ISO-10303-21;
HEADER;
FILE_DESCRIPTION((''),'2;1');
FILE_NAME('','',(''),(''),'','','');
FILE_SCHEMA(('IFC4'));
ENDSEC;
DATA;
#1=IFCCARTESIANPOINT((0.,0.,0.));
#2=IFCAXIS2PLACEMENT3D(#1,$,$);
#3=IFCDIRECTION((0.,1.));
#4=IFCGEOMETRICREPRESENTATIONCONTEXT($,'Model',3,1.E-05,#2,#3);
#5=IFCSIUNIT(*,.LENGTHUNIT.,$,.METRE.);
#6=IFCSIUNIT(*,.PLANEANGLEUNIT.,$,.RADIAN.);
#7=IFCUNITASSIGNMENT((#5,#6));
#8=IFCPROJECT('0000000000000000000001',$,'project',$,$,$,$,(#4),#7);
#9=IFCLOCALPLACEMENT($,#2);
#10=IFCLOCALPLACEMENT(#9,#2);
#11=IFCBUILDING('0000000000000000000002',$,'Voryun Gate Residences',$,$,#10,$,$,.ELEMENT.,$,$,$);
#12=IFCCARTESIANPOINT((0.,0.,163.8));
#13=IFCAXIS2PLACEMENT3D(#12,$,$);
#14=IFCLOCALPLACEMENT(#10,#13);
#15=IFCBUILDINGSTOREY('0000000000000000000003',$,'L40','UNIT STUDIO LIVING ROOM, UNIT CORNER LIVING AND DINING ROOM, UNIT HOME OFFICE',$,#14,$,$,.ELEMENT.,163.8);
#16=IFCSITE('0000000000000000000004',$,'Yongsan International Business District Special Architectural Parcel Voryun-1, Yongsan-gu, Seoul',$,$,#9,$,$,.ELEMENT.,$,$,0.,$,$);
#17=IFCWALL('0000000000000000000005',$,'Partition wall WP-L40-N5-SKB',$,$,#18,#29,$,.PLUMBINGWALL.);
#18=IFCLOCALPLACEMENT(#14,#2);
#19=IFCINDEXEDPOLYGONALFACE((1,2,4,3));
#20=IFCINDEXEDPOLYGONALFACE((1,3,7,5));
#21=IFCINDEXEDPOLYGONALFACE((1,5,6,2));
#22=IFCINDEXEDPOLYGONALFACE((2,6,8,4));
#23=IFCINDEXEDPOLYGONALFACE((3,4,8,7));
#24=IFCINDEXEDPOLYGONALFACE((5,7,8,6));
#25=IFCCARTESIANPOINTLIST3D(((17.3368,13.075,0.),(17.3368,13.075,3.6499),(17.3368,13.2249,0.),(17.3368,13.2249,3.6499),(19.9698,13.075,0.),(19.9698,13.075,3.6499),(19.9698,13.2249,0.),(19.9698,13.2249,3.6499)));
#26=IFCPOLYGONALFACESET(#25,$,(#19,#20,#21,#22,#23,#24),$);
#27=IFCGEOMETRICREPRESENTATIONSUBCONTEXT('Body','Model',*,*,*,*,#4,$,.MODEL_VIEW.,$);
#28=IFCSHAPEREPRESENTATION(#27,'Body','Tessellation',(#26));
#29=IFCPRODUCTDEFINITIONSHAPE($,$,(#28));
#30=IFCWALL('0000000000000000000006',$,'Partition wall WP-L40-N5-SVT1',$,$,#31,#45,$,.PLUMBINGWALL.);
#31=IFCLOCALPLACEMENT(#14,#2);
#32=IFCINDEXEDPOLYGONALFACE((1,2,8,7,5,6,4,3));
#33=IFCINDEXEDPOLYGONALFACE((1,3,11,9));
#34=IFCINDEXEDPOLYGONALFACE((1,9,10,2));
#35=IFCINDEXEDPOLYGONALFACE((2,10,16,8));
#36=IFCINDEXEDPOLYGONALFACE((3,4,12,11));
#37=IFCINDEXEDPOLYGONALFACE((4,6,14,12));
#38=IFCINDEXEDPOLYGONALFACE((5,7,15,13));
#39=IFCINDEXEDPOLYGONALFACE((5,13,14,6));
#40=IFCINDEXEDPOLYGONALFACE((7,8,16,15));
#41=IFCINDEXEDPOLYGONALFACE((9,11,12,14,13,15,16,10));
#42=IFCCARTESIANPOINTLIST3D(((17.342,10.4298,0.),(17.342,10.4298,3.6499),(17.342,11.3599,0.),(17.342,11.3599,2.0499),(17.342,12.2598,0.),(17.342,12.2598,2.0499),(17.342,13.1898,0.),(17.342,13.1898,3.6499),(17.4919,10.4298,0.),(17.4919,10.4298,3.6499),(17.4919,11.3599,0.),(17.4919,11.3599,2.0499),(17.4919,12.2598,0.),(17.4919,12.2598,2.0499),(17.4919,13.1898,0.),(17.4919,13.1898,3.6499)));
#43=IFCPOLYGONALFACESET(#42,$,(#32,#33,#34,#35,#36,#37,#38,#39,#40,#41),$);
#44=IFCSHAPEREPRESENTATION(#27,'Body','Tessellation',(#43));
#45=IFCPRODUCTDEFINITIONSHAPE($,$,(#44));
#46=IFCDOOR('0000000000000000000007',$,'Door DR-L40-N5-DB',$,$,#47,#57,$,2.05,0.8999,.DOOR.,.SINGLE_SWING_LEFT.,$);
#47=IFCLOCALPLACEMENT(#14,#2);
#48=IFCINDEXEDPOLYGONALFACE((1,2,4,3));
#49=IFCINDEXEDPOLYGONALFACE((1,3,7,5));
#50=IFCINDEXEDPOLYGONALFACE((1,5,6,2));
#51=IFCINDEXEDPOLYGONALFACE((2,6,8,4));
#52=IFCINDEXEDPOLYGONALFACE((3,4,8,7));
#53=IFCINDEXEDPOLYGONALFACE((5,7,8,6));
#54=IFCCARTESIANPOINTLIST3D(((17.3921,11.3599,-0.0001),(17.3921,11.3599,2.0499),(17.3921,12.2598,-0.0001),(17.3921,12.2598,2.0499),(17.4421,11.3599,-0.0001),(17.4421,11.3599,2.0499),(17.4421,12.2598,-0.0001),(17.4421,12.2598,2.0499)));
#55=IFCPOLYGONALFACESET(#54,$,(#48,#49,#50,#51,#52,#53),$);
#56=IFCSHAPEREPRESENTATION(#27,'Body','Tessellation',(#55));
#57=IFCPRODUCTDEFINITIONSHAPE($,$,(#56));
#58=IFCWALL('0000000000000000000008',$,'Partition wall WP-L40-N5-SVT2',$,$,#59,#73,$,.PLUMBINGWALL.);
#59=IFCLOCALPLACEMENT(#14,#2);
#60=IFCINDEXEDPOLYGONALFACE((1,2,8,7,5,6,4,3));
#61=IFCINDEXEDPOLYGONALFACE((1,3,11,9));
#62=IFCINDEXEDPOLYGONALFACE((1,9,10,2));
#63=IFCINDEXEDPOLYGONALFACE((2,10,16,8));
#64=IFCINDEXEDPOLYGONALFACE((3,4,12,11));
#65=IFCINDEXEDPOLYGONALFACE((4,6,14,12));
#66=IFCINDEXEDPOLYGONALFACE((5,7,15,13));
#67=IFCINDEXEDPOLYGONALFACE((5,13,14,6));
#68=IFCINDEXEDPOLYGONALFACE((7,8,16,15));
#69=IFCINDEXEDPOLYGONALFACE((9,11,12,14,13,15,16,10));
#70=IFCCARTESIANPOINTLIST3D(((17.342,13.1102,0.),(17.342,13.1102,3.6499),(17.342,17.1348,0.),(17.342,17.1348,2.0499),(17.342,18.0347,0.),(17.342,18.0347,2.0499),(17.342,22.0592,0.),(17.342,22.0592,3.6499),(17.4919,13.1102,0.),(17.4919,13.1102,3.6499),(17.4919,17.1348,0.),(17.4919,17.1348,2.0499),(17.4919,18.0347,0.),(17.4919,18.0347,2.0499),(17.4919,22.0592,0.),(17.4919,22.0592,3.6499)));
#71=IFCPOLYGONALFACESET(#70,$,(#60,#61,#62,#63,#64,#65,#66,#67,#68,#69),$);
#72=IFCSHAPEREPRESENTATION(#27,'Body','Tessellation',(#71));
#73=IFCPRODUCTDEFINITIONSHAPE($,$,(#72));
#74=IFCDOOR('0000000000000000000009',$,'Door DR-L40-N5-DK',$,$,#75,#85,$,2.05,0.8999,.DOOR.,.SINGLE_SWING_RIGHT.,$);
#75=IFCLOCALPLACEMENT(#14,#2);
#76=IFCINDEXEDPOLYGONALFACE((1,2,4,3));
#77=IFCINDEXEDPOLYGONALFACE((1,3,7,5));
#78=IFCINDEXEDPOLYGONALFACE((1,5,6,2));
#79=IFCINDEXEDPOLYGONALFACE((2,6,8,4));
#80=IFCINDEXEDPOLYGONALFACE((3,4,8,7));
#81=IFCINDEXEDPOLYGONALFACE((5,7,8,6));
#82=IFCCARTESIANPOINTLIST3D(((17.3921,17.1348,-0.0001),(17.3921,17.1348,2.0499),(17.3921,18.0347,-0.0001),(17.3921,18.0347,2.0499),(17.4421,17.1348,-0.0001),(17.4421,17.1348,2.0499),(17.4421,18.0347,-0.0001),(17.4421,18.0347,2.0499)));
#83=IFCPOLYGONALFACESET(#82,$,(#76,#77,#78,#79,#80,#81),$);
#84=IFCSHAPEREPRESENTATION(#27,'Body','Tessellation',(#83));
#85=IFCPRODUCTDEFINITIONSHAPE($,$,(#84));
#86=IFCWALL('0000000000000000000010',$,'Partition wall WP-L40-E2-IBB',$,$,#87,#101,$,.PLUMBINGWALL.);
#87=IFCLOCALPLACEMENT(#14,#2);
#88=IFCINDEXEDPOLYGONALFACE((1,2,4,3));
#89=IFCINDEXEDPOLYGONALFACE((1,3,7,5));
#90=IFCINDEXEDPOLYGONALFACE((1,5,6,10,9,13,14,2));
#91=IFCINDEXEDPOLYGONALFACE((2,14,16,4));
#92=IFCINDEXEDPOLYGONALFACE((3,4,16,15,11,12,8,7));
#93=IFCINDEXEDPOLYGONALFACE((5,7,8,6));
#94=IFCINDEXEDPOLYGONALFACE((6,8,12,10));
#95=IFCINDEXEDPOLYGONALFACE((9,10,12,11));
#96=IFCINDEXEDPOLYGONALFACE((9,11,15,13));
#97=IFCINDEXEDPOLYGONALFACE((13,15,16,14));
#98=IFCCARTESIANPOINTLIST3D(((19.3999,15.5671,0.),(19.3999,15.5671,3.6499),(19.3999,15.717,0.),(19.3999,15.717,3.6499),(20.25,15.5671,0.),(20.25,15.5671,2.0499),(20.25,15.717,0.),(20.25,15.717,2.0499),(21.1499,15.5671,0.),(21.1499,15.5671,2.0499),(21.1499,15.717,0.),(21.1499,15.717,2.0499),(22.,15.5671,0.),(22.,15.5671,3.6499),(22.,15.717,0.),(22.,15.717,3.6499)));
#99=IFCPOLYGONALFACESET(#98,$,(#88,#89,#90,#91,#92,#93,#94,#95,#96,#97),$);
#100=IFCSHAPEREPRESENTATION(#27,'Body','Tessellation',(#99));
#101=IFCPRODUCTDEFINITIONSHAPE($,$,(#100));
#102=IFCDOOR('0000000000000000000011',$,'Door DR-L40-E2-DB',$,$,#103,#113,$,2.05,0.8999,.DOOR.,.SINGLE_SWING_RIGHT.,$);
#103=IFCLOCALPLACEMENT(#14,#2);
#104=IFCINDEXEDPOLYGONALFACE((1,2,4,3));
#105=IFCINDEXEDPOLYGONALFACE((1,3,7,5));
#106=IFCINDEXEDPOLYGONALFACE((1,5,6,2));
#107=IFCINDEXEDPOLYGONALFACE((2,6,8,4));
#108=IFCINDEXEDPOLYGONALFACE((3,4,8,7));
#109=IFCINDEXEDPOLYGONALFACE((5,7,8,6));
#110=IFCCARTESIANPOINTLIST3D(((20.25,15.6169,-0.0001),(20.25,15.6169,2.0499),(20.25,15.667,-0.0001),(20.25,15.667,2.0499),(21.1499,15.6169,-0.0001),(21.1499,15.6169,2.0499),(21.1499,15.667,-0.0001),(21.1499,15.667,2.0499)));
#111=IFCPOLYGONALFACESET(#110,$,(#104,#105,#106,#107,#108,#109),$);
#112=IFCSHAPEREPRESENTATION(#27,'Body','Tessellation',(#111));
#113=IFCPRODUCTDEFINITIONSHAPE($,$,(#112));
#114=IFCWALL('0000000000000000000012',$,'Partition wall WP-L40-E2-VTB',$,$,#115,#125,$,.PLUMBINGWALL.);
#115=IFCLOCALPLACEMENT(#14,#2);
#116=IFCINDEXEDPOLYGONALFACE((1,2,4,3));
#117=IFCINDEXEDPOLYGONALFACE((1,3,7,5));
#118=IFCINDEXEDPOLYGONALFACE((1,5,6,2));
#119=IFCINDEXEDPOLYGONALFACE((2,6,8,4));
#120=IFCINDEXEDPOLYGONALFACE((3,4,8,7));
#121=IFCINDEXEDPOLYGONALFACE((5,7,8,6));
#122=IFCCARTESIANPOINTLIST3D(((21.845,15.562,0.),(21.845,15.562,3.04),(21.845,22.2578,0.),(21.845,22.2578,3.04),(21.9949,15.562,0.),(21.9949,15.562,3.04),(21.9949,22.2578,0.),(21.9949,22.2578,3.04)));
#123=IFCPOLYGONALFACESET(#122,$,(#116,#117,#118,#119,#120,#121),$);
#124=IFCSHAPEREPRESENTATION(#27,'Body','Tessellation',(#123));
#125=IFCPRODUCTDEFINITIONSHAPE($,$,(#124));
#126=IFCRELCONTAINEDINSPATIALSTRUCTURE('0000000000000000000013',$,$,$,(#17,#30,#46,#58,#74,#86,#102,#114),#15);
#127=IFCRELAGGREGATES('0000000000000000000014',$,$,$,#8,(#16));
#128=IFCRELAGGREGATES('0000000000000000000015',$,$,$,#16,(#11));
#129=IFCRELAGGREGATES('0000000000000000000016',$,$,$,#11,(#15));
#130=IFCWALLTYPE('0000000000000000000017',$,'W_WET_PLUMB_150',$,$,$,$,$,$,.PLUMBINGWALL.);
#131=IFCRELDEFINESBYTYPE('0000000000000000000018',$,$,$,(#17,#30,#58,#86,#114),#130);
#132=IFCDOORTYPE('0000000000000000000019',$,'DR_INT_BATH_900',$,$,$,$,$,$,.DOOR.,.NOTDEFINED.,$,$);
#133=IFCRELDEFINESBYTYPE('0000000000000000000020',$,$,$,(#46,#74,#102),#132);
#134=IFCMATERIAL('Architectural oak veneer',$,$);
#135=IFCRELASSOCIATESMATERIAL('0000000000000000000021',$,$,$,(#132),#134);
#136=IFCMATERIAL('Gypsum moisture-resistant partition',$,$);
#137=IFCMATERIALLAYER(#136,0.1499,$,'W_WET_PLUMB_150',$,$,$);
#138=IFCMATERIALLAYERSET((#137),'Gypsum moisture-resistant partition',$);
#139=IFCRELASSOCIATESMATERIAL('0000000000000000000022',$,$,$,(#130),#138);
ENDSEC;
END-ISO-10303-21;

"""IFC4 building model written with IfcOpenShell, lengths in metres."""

from ifc_helpers import new_model, si_unit, direction, frame, frame_2d, origin, place, context, subcontext, project, spatial, rectangle, extrude, material, layer, layer_set, type_object, element, fill, save


model = new_model("IFC4")

# Units and contexts
model_context = context("Model", 3, precision=1e-05, world=origin(), true_north=direction((0.0, 1.0)))
body_context = subcontext(model_context, "Body", "Model", "MODEL_VIEW")
ifc_project = project(units=[si_unit("LENGTHUNIT", "METRE"), si_unit("PLANEANGLEUNIT", "RADIAN")], contexts=[model_context])

# Site, building, storey
site_placement = place(None, origin())
site = spatial("IfcSite", under=ifc_project, at=site_placement, Name="Yongsan International Business District Special Architectural Parcel Voryun-1, Yongsan-gu, Seoul", CompositionType="ELEMENT", RefElevation=0.0)
building_placement = place(site_placement, origin())
building = spatial("IfcBuilding", under=site, at=building_placement, Name="Voryun Gate Residences", CompositionType="ELEMENT")
storey_placement = place(building_placement, frame((0.0, 0.0, 163.8)))
storey = spatial("IfcBuildingStorey", under=building, at=storey_placement, Name="L40", Description="UNIT STUDIO LIVING ROOM, UNIT CORNER LIVING AND DINING ROOM, UNIT HOME OFFICE", CompositionType="ELEMENT", Elevation=163.8)

# Shared definitions
ifc_material_1 = material(Name="Architectural oak veneer")
door_type_1 = type_object("IfcDoorType", Name="DR_INT_BATH_900", OperationType="NOTDEFINED", PredefinedType="DOOR", material=ifc_material_1)

# Wall
ifc_material_2 = material(Name="Gypsum moisture-resistant partition")
ifc_layer_1 = layer(ifc_material_2, 0.1499, Name="W_WET_PLUMB_150")
ifc_layer_set_1 = layer_set([ifc_layer_1], Name="Gypsum moisture-resistant partition")
wall_type_1 = type_object("IfcWallType", Name="W_WET_PLUMB_150", PredefinedType="PLUMBINGWALL", material=ifc_layer_set_1)
wall_1_placement = place(storey_placement, frame((17.3369, 13.1499, 0.0), z_axis=(0.0, 0.0, 1.0), x_axis=(1.0, 0.0, 0.0)))
element("IfcWall", 1, at=wall_1_placement, inside=storey, type_object=wall_type_1, Name="Partition wall WP-L40-N5-SKB", PredefinedType="PLUMBINGWALL", context=body_context, shape_type="SweptSolid", body=[
    extrude(rectangle(XDim=2.6331, YDim=0.1499, at=frame_2d((1.3164, 0.0))), origin(), (0.0, 0.0, 1.0), 3.6499),
])

# Walls, openings, doors
wall_2_placement = place(storey_placement, frame((17.417, 10.4299, 0.0), z_axis=(0.0, 0.0, 1.0), x_axis=(0.0, 1.0, 0.0)))
wall_2 = element("IfcWall", 2, at=wall_2_placement, inside=storey, type_object=wall_type_1, Name="Partition wall WP-L40-N5-SVT1", PredefinedType="PLUMBINGWALL", context=body_context, shape_type="SweptSolid", body=[
    extrude(rectangle(XDim=2.76, YDim=0.1499, at=frame_2d((1.3799, 0.0))), origin(), (0.0, 0.0, 1.0), 3.6499),
])
opening_1_placement = place(wall_2_placement, frame((0.9299, 0.0, 0.0)))
opening_1 = element("IfcOpeningElement", 3, at=opening_1_placement, cuts=wall_2, PredefinedType="OPENING", context=body_context, shape_type="SweptSolid", body=[
    extrude(rectangle(XDim=0.8999, YDim=2.05, at=frame_2d((0.45, 1.0249))), frame((0.0, 0.085, 0.0), z_axis=(0.0, -1.0, 0.0), x_axis=(1.0, 0.0, 0.0)), (0.0, 0.0, 1.0), 0.1699),
])
door_1_placement = place(opening_1_placement, origin())
door_1 = element("IfcDoor", 4, at=door_1_placement, inside=storey, type_object=door_type_1, Name="Door DR-L40-N5-DB", OperationType="SINGLE_SWING_LEFT", OverallHeight=2.05, OverallWidth=0.8999, PredefinedType="DOOR", context=body_context, shape_type="SweptSolid", body=[
    extrude(rectangle(XDim=0.8999, YDim=2.05, at=frame_2d((0.45, 1.0249))), frame((0.0, 0.0249, 0.0), z_axis=(0.0, -1.0, 0.0), x_axis=(1.0, 0.0, 0.0)), (0.0, 0.0, 1.0), 0.05),
])
fill(opening_1, door_1)
wall_3_placement = place(storey_placement, frame((17.417, 13.1101, 0.0), z_axis=(0.0, 0.0, 1.0), x_axis=(0.0, 1.0, 0.0)))
wall_3 = element("IfcWall", 5, at=wall_3_placement, inside=storey, type_object=wall_type_1, Name="Partition wall WP-L40-N5-SVT2", PredefinedType="PLUMBINGWALL", context=body_context, shape_type="SweptSolid", body=[
    extrude(rectangle(XDim=8.949, YDim=0.1499, at=frame_2d((4.4746, 0.0))), origin(), (0.0, 0.0, 1.0), 3.6499),
])
opening_2_placement = place(wall_3_placement, frame((4.0247, 0.0, 0.0)))
opening_2 = element("IfcOpeningElement", 6, at=opening_2_placement, cuts=wall_3, PredefinedType="OPENING", context=body_context, shape_type="SweptSolid", body=[
    extrude(rectangle(XDim=0.8999, YDim=2.05, at=frame_2d((0.45, 1.0249))), frame((0.0, 0.085, 0.0), z_axis=(0.0, -1.0, 0.0), x_axis=(1.0, 0.0, 0.0)), (0.0, 0.0, 1.0), 0.1699),
])
door_2_placement = place(opening_2_placement, origin())
door_2 = element("IfcDoor", 7, at=door_2_placement, inside=storey, type_object=door_type_1, Name="Door DR-L40-N5-DK", OperationType="SINGLE_SWING_RIGHT", OverallHeight=2.05, OverallWidth=0.8999, PredefinedType="DOOR", context=body_context, shape_type="SweptSolid", body=[
    extrude(rectangle(XDim=0.8999, YDim=2.05, at=frame_2d((0.45, 1.0249))), frame((0.0, 0.0249, 0.0), z_axis=(0.0, -1.0, 0.0), x_axis=(1.0, 0.0, 0.0)), (0.0, 0.0, 1.0), 0.05),
])
fill(opening_2, door_2)
wall_4_placement = place(storey_placement, frame((19.3999, 15.6421, 0.0), z_axis=(0.0, 0.0, 1.0), x_axis=(1.0, 0.0, 0.0)))
wall_4 = element("IfcWall", 8, at=wall_4_placement, inside=storey, type_object=wall_type_1, Name="Partition wall WP-L40-E2-IBB", PredefinedType="PLUMBINGWALL", context=body_context, shape_type="SweptSolid", body=[
    extrude(rectangle(XDim=2.6001, YDim=0.1499, at=frame_2d((1.3, 0.0))), origin(), (0.0, 0.0, 1.0), 3.6499),
])
opening_3_placement = place(wall_4_placement, frame((0.8501, 0.0, 0.0)))
opening_3 = element("IfcOpeningElement", 9, at=opening_3_placement, cuts=wall_4, PredefinedType="OPENING", context=body_context, shape_type="SweptSolid", body=[
    extrude(rectangle(XDim=0.8999, YDim=2.05, at=frame_2d((0.45, 1.0249))), frame((0.0, 0.085, 0.0), z_axis=(0.0, -1.0, 0.0), x_axis=(1.0, 0.0, 0.0)), (0.0, 0.0, 1.0), 0.1699),
])
door_3_placement = place(opening_3_placement, origin())
door_3 = element("IfcDoor", 10, at=door_3_placement, inside=storey, type_object=door_type_1, Name="Door DR-L40-E2-DB", OperationType="SINGLE_SWING_RIGHT", OverallHeight=2.05, OverallWidth=0.8999, PredefinedType="DOOR", context=body_context, shape_type="SweptSolid", body=[
    extrude(rectangle(XDim=0.8999, YDim=2.05, at=frame_2d((0.45, 1.0249))), frame((0.0, 0.0249, 0.0), z_axis=(0.0, -1.0, 0.0), x_axis=(1.0, 0.0, 0.0)), (0.0, 0.0, 1.0), 0.05),
])
fill(opening_3, door_3)

# Wall
wall_5_placement = place(storey_placement, frame((21.9199, 15.562, 0.0), z_axis=(0.0, 0.0, 1.0), x_axis=(0.0, 1.0, 0.0)))
element("IfcWall", 11, at=wall_5_placement, inside=storey, type_object=wall_type_1, Name="Partition wall WP-L40-E2-VTB", PredefinedType="PLUMBINGWALL", context=body_context, shape_type="SweptSolid", body=[
    extrude(rectangle(XDim=6.6958, YDim=0.1499, at=frame_2d((3.3479, 0.0))), origin(), (0.0, 0.0, 1.0), 3.04),
])

save(model, "model.ifc")
